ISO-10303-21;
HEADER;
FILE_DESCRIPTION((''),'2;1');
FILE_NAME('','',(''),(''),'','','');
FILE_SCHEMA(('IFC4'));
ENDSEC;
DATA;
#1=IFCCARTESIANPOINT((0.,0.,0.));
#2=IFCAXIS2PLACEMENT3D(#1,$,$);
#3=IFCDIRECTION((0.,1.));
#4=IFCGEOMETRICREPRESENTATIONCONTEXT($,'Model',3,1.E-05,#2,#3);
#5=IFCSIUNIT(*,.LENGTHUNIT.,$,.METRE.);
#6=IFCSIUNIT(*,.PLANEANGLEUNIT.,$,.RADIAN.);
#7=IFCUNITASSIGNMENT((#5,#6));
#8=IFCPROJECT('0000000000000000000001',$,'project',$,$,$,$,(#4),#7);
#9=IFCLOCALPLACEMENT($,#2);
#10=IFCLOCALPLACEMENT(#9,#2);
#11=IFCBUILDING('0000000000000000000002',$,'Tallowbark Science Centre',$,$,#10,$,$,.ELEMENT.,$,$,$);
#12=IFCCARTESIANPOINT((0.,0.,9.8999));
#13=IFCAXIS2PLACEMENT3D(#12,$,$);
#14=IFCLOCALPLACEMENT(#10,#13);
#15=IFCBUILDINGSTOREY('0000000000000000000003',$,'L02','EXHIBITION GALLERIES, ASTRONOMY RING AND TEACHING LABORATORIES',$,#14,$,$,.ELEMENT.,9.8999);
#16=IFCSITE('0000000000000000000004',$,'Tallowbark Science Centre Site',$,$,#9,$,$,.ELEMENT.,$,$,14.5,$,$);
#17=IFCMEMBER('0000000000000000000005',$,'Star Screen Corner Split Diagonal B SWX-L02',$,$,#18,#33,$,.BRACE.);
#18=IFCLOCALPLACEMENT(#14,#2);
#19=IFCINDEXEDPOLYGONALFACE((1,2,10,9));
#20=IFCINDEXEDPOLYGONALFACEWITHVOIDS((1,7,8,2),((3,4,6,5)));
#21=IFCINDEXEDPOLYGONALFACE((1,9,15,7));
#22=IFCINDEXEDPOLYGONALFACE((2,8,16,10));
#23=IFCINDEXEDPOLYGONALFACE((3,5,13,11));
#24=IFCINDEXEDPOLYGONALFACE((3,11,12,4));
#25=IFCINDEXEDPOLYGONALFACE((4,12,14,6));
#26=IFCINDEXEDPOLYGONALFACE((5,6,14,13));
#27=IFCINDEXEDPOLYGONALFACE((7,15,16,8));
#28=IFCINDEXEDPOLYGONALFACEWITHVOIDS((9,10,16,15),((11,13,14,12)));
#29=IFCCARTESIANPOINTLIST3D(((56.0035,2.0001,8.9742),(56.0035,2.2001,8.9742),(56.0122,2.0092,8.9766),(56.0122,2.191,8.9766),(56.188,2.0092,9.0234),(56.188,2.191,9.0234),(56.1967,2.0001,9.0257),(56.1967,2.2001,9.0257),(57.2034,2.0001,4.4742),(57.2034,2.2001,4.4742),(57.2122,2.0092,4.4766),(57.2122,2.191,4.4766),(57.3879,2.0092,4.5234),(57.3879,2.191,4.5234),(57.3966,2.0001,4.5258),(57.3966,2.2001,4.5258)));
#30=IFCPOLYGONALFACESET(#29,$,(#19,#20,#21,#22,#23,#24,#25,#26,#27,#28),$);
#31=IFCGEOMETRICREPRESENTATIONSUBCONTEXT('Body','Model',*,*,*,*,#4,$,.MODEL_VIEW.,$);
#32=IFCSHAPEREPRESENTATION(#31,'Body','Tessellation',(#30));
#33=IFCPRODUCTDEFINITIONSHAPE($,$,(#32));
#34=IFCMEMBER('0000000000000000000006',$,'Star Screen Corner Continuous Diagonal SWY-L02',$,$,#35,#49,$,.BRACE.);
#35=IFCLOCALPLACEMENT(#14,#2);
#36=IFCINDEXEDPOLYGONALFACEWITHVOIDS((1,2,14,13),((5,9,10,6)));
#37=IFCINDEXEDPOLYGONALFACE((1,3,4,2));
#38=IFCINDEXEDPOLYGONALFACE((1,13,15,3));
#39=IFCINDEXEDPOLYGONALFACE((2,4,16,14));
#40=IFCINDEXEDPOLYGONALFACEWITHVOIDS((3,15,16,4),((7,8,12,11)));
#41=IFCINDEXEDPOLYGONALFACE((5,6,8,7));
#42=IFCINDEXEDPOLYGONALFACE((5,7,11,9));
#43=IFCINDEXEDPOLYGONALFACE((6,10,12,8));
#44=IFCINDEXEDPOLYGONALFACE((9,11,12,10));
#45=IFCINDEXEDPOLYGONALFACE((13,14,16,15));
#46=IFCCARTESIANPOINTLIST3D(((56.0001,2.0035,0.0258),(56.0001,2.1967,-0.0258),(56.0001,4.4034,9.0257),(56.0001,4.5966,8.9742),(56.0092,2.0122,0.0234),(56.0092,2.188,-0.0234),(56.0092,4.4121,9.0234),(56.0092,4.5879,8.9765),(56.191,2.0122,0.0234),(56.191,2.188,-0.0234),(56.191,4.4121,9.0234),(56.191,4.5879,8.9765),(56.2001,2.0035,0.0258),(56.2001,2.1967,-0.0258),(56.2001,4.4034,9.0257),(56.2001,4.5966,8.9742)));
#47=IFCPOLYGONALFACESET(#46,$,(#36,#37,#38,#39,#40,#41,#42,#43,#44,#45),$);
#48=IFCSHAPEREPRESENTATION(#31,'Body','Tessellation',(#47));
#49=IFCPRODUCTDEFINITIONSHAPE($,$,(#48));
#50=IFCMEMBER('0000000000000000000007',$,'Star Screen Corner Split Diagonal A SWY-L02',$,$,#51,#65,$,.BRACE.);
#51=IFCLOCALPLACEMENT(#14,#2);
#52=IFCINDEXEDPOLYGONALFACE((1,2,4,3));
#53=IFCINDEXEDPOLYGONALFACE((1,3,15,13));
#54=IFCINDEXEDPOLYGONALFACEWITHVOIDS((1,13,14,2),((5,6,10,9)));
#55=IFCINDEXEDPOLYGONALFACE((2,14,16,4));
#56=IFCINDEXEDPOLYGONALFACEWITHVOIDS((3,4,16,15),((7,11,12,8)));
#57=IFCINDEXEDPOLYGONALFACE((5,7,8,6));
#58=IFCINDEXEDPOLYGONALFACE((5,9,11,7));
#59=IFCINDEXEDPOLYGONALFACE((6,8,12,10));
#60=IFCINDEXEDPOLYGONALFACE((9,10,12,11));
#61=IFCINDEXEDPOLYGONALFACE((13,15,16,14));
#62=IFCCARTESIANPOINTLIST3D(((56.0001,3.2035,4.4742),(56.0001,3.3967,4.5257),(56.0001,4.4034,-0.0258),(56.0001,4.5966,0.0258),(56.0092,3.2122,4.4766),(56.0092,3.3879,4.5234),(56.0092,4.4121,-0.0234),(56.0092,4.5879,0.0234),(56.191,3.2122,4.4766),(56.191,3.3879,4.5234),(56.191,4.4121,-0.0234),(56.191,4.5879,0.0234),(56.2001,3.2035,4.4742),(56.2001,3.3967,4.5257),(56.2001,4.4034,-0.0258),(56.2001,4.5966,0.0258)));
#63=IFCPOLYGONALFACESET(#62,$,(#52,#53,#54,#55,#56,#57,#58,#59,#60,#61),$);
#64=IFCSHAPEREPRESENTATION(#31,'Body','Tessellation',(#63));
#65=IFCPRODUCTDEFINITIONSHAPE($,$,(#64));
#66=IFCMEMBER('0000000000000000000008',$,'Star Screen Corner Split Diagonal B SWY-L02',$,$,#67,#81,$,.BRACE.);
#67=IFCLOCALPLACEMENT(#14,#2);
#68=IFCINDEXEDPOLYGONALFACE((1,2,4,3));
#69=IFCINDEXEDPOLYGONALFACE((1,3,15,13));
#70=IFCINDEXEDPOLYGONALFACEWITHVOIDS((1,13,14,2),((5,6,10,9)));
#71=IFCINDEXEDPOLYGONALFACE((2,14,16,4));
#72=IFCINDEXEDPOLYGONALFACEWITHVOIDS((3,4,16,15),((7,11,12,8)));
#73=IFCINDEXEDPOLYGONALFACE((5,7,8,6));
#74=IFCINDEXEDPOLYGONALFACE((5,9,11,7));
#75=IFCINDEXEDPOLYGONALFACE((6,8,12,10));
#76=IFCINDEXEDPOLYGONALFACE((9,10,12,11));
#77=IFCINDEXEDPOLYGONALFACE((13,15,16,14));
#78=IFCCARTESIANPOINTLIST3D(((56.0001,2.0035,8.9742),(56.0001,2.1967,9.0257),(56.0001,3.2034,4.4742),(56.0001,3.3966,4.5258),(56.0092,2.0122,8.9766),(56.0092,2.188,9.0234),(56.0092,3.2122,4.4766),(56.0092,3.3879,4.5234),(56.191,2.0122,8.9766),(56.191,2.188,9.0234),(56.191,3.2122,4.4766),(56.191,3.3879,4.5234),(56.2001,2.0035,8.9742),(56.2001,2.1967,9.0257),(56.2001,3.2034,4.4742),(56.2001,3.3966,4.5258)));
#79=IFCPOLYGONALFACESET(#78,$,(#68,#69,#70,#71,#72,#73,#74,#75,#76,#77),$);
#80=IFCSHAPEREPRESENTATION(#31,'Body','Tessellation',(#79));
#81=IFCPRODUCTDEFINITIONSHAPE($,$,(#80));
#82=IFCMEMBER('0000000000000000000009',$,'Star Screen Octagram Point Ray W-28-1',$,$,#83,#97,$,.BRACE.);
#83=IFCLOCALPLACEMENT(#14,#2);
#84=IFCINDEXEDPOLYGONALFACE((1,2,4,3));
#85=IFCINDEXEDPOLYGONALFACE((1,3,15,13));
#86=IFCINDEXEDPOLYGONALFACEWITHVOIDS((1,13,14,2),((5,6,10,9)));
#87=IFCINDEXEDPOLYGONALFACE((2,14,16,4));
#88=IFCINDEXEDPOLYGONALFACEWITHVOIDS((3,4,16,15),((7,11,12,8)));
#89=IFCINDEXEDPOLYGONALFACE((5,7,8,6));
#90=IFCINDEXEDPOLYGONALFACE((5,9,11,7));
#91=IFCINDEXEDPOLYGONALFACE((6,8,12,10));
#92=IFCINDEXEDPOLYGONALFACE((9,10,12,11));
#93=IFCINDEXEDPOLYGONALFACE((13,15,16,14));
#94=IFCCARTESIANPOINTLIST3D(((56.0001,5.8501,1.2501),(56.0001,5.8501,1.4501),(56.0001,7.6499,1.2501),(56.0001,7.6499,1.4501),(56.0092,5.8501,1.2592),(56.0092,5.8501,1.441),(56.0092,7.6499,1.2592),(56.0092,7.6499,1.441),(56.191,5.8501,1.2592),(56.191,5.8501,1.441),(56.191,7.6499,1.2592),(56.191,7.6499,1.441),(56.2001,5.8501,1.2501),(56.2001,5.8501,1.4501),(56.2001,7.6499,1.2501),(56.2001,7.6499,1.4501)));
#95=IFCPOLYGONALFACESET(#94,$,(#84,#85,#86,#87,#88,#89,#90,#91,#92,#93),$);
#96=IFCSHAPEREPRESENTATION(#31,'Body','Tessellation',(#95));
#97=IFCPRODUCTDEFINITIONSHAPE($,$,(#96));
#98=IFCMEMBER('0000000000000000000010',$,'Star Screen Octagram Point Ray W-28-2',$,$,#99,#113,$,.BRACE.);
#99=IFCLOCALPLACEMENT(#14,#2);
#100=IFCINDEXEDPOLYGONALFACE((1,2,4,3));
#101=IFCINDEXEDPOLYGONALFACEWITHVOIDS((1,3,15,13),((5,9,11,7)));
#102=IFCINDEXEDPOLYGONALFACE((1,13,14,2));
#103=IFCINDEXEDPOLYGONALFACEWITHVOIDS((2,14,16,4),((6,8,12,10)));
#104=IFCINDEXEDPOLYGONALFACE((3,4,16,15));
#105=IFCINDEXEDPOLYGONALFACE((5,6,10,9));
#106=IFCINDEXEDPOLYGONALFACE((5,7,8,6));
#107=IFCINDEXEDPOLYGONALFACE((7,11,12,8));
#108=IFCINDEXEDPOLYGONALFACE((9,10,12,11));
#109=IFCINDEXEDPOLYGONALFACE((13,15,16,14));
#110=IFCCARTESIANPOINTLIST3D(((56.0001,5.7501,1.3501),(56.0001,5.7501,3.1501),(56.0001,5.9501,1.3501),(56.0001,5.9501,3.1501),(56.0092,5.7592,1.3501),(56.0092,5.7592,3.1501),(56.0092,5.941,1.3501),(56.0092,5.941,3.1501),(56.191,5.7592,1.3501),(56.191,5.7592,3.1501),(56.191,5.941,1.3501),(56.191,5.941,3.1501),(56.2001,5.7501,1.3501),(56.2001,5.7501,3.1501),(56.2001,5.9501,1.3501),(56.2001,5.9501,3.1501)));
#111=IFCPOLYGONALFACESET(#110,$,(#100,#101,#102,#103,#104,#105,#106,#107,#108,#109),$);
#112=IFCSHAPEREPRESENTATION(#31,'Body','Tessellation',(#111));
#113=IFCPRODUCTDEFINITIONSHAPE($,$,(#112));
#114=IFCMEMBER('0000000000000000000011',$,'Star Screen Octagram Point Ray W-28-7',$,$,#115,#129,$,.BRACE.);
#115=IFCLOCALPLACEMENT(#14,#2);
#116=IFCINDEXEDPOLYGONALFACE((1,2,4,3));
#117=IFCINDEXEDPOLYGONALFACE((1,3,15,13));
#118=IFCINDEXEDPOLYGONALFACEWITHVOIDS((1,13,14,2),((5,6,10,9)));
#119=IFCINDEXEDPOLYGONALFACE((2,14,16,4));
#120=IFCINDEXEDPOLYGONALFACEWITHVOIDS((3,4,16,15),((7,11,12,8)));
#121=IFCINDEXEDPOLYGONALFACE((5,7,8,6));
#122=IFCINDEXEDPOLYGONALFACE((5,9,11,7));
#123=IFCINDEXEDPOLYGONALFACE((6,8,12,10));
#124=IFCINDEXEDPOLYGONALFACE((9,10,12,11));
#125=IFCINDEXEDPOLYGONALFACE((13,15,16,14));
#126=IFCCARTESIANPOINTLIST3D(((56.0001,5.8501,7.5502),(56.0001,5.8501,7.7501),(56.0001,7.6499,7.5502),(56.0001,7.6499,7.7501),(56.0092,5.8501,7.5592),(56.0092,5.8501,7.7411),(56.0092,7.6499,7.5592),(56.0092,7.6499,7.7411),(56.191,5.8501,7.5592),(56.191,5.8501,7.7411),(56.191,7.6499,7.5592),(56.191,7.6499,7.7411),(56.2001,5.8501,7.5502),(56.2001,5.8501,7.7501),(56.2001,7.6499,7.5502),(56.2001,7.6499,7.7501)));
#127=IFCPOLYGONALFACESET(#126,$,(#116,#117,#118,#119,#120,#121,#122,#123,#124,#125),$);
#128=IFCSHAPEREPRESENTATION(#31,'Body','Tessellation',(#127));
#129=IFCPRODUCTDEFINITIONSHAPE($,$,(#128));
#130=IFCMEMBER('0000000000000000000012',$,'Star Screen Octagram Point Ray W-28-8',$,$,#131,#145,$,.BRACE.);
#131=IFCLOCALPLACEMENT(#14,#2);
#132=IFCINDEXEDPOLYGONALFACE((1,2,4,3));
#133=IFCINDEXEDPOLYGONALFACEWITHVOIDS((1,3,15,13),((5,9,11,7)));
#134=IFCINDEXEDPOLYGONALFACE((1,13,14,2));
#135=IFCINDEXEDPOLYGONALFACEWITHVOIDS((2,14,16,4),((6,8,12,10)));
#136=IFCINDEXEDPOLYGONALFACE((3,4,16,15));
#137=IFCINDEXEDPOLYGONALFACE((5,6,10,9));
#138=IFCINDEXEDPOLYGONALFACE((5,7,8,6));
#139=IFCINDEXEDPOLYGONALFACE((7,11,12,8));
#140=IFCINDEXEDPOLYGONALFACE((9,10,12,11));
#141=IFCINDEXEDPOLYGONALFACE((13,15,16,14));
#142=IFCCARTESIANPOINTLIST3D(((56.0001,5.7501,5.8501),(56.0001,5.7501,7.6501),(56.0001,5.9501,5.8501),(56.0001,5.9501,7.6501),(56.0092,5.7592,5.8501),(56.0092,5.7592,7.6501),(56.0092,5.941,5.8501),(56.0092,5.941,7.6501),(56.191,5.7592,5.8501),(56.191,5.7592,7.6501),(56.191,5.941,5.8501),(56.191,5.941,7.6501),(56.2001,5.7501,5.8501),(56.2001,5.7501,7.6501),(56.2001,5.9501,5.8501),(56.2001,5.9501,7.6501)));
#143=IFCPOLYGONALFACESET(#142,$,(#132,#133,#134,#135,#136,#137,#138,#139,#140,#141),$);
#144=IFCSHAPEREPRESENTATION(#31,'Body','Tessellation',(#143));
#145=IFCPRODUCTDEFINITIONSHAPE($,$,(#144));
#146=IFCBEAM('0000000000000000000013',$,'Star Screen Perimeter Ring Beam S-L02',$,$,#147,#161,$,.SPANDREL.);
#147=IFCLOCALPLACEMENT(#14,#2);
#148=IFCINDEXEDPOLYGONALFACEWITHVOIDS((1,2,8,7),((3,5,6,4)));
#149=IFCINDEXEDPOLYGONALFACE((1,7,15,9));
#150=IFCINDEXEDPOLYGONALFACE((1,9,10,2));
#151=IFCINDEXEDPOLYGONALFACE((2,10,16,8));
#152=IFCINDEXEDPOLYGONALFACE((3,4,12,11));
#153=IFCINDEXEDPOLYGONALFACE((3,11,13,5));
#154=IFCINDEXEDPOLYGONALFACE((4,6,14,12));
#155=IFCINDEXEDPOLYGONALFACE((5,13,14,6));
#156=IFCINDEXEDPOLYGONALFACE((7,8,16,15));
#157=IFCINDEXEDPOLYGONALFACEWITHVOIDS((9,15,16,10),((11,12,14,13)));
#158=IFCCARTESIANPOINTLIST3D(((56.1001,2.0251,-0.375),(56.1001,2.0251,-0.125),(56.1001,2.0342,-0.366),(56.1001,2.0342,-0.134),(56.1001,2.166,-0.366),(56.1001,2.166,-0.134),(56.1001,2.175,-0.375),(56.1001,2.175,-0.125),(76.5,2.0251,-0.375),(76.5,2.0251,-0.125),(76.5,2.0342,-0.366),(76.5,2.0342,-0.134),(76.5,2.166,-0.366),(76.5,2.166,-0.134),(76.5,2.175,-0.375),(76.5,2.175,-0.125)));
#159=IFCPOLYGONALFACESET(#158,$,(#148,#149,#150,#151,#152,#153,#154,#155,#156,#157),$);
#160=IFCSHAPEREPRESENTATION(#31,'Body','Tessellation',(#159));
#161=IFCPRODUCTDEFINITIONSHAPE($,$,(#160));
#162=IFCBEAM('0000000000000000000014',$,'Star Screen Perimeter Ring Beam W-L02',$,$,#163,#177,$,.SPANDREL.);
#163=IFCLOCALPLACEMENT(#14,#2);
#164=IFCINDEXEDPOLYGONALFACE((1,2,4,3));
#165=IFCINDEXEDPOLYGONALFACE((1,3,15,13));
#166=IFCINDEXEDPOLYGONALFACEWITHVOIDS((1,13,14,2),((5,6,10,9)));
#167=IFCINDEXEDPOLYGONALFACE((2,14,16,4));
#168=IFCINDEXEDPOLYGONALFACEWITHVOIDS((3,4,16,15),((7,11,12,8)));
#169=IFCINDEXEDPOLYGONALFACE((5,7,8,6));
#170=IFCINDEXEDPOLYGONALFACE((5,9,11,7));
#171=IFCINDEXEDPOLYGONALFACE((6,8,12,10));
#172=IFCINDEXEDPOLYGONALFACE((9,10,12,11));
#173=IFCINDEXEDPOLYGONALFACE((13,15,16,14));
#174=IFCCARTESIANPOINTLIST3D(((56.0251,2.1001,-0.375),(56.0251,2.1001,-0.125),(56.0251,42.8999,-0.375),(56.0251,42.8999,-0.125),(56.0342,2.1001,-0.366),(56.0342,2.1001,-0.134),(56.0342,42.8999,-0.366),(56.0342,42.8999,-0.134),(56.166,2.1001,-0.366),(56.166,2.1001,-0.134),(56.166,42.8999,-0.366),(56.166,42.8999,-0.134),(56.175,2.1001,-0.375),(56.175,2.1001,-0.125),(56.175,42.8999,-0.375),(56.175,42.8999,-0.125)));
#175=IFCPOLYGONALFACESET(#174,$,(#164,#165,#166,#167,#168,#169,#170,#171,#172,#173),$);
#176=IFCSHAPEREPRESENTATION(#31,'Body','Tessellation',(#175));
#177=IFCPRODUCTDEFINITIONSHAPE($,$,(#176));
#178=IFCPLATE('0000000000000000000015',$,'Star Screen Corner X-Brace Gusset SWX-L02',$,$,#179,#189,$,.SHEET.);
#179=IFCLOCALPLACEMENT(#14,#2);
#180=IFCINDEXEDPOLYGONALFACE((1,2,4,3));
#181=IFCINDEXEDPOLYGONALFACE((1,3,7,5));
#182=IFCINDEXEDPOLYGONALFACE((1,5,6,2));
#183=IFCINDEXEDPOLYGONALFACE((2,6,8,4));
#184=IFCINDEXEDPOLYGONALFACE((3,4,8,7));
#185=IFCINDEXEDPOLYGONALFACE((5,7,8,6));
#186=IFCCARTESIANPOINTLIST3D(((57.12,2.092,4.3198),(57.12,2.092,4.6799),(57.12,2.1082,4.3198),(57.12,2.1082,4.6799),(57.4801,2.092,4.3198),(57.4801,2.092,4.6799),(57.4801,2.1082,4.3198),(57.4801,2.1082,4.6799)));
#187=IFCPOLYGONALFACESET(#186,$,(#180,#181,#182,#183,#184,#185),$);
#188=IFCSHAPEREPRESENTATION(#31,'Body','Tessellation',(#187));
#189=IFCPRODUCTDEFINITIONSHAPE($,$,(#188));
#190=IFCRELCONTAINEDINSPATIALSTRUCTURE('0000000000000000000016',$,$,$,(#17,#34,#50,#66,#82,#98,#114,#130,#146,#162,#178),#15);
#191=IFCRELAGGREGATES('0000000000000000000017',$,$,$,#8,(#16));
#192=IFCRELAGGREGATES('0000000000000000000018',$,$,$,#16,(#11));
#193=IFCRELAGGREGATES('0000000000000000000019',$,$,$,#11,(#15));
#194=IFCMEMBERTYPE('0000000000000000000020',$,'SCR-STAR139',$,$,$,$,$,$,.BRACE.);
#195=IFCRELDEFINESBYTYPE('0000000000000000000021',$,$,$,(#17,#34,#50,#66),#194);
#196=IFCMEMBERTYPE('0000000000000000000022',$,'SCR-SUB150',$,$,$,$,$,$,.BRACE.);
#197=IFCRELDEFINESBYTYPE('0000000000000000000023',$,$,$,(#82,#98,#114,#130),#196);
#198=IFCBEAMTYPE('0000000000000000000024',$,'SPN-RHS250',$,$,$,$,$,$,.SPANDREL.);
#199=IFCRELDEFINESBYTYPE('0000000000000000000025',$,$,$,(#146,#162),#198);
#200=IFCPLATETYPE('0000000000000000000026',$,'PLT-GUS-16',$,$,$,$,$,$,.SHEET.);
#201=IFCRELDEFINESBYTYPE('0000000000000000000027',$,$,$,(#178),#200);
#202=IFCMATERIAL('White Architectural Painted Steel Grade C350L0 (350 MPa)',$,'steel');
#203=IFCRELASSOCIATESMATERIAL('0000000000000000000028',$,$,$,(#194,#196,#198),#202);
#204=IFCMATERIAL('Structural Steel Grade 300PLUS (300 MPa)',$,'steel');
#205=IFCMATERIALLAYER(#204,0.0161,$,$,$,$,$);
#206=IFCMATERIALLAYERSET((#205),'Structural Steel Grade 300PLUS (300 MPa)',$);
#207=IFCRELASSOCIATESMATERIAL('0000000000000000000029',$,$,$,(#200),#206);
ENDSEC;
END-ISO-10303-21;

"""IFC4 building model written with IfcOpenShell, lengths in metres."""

from ifc_helpers import new_model, si_unit, direction, frame, origin, origin_2d, place, context, subcontext, project, spatial, rectangle, hollow_rectangle, extrude, material, layer, layer_set, material_profile, profile_set, type_object, element, save


model = new_model("IFC4")

# Units and contexts
model_context = context("Model", 3, precision=1e-05, world=origin(), true_north=direction((0.0, 1.0)))
body_context = subcontext(model_context, "Body", "Model", "MODEL_VIEW")
ifc_project = project(units=[si_unit("LENGTHUNIT", "METRE"), si_unit("PLANEANGLEUNIT", "RADIAN")], contexts=[model_context])

# Site, building, storey
site_placement = place(None, origin())
site = spatial("IfcSite", under=ifc_project, at=site_placement, Name="Tallowbark Science Centre Site", CompositionType="ELEMENT", RefElevation=14.5)
building_placement = place(site_placement, origin())
building = spatial("IfcBuilding", under=site, at=building_placement, Name="Tallowbark Science Centre", CompositionType="ELEMENT")
storey_placement = place(building_placement, frame((0.0, 0.0, 9.8999)))
storey = spatial("IfcBuildingStorey", under=building, at=storey_placement, Name="L02", Description="EXHIBITION GALLERIES, ASTRONOMY RING AND TEACHING LABORATORIES", CompositionType="ELEMENT", Elevation=9.8999)

# Shared definitions
ifc_material_1 = material(Name="White Architectural Painted Steel Grade C350L0 (350 MPa)", Category="steel")

# Members
ifc_material_profile_1 = material_profile(ifc_material_1, hollow_rectangle(XDim=0.2, YDim=0.2, WallThickness=0.009, at=origin_2d()), Name="200x200x9.0SHS")
ifc_profile_set_1 = profile_set([ifc_material_profile_1], Name="White Architectural Painted Steel Grade C350L0 (350 MPa)")
member_type_1 = type_object("IfcMemberType", Name="SCR-STAR139", PredefinedType="BRACE", material=ifc_profile_set_1)
member_1_placement = place(storey_placement, frame((57.3, 2.1001, 4.5), z_axis=(-0.257653, 0.0, 0.966238), x_axis=(0.0, -1.0, 0.0)))
element("IfcMember", 1, at=member_1_placement, inside=storey, type_object=member_type_1, Name="Star Screen Corner Split Diagonal B SWX-L02", PredefinedType="BRACE", context=body_context, shape_type="SweptSolid", body=[
    extrude(hollow_rectangle(XDim=0.2, YDim=0.2, WallThickness=0.009, at=origin_2d()), origin(), (0.0, 0.0, 1.0), 4.6572),
])
member_2_placement = place(storey_placement, frame((56.1001, 2.1001, 0.0), z_axis=(0.0, 0.257653, 0.966238), x_axis=(-1.0, 0.0, 0.0)))
element("IfcMember", 2, at=member_2_placement, inside=storey, type_object=member_type_1, Name="Star Screen Corner Continuous Diagonal SWY-L02", PredefinedType="BRACE", context=body_context, shape_type="SweptSolid", body=[
    extrude(hollow_rectangle(XDim=0.2, YDim=0.2, WallThickness=0.009, at=origin_2d()), origin(), (0.0, 0.0, 1.0), 9.3145),
])
for number, where, z_axis, x_axis, name in (
    (3, (56.1001, 4.5, 0.0), (0.0, -0.257653, 0.966238), (1.0, 0.0, 0.0), "Star Screen Corner Split Diagonal A SWY-L02"),
    (4, (56.1001, 3.3, 4.5), (0.0, -0.257653, 0.966238), (1.0, 0.0, 0.0), "Star Screen Corner Split Diagonal B SWY-L02"),
):
    element("IfcMember", number, at=place(storey_placement, frame(where, z_axis=z_axis, x_axis=x_axis)), inside=storey, type_object=member_type_1, Name=name, PredefinedType="BRACE", context=body_context, shape_type="SweptSolid", body=[
        extrude(hollow_rectangle(XDim=0.2, YDim=0.2, WallThickness=0.009, at=origin_2d()), origin(), (0.0, 0.0, 1.0), 4.6572),
    ])
ifc_material_profile_2 = material_profile(ifc_material_1, hollow_rectangle(XDim=0.2, YDim=0.2, WallThickness=0.009, at=origin_2d()), Name="200x200x9.0SHS")
ifc_profile_set_2 = profile_set([ifc_material_profile_2], Name="White Architectural Painted Steel Grade C350L0 (350 MPa)")
member_type_2 = type_object("IfcMemberType", Name="SCR-SUB150", PredefinedType="BRACE", material=ifc_profile_set_2)
member_3_placement = place(storey_placement, frame((56.1001, 5.8501, 1.3501), z_axis=(0.0, 1.0, 0.0), x_axis=(-1.0, 0.0, 0.0)))
element("IfcMember", 5, at=member_3_placement, inside=storey, type_object=member_type_2, Name="Star Screen Octagram Point Ray W-28-1", PredefinedType="BRACE", context=body_context, shape_type="SweptSolid", body=[
    extrude(hollow_rectangle(XDim=0.2, YDim=0.2, WallThickness=0.009, at=origin_2d()), origin(), (0.0, 0.0, 1.0), 1.7998),
])
member_4_placement = place(storey_placement, frame((56.1001, 5.8501, 1.3501), z_axis=(0.0, 0.0, 1.0), x_axis=(1.0, 0.0, 0.0)))
element("IfcMember", 6, at=member_4_placement, inside=storey, type_object=member_type_2, Name="Star Screen Octagram Point Ray W-28-2", PredefinedType="BRACE", context=body_context, shape_type="SweptSolid", body=[
    extrude(hollow_rectangle(XDim=0.2, YDim=0.2, WallThickness=0.009, at=origin_2d()), origin(), (0.0, 0.0, 1.0), 1.8),
])
member_5_placement = place(storey_placement, frame((56.1001, 5.8501, 7.6501), z_axis=(0.0, 1.0, 0.0), x_axis=(-1.0, 0.0, 0.0)))
element("IfcMember", 7, at=member_5_placement, inside=storey, type_object=member_type_2, Name="Star Screen Octagram Point Ray W-28-7", PredefinedType="BRACE", context=body_context, shape_type="SweptSolid", body=[
    extrude(hollow_rectangle(XDim=0.2, YDim=0.2, WallThickness=0.009, at=origin_2d()), origin(), (0.0, 0.0, 1.0), 1.7998),
])
member_6_placement = place(storey_placement, frame((56.1001, 5.8501, 7.6501), z_axis=(0.0, 0.0, -1.0), x_axis=(1.0, 0.0, 0.0)))
element("IfcMember", 8, at=member_6_placement, inside=storey, type_object=member_type_2, Name="Star Screen Octagram Point Ray W-28-8", PredefinedType="BRACE", context=body_context, shape_type="SweptSolid", body=[
    extrude(hollow_rectangle(XDim=0.2, YDim=0.2, WallThickness=0.009, at=origin_2d()), origin(), (0.0, 0.0, 1.0), 1.8),
])

# Beams
ifc_material_profile_3 = material_profile(ifc_material_1, hollow_rectangle(XDim=0.1499, YDim=0.25, WallThickness=0.009, at=origin_2d()), Name="250x150x9.0RHS")
ifc_profile_set_3 = profile_set([ifc_material_profile_3], Name="White Architectural Painted Steel Grade C350L0 (350 MPa)")
beam_type = type_object("IfcBeamType", Name="SPN-RHS250", PredefinedType="SPANDREL", material=ifc_profile_set_3)
beam_1_placement = place(storey_placement, frame((56.1001, 2.1001, -0.25), z_axis=(1.0, 0.0, 0.0), x_axis=(0.0, 1.0, 0.0)))
element("IfcBeam", 9, at=beam_1_placement, inside=storey, type_object=beam_type, Name="Star Screen Perimeter Ring Beam S-L02", PredefinedType="SPANDREL", context=body_context, shape_type="SweptSolid", body=[
    extrude(hollow_rectangle(XDim=0.1499, YDim=0.25, WallThickness=0.009, at=origin_2d()), origin(), (0.0, 0.0, 1.0), 20.3999),
])
beam_2_placement = place(storey_placement, frame((56.1001, 2.1001, -0.25), z_axis=(0.0, 1.0, 0.0), x_axis=(-1.0, 0.0, 0.0)))
element("IfcBeam", 10, at=beam_2_placement, inside=storey, type_object=beam_type, Name="Star Screen Perimeter Ring Beam W-L02", PredefinedType="SPANDREL", context=body_context, shape_type="SweptSolid", body=[
    extrude(hollow_rectangle(XDim=0.1499, YDim=0.25, WallThickness=0.009, at=origin_2d()), origin(), (0.0, 0.0, 1.0), 40.7998),
])

# Plate
ifc_material_2 = material(Name="Structural Steel Grade 300PLUS (300 MPa)", Category="steel")
ifc_layer = layer(ifc_material_2, 0.0161)
ifc_layer_set = layer_set([ifc_layer], Name="Structural Steel Grade 300PLUS (300 MPa)")
plate_type = type_object("IfcPlateType", Name="PLT-GUS-16", PredefinedType="SHEET", material=ifc_layer_set)
for number, where, z_axis, x_axis, name in (
    (11, (57.3, 2.1001, 4.3198), (0.0, 0.0, 1.0), (1.0, 0.0, 0.0), "Star Screen Corner X-Brace Gusset SWX-L02"),
):
    element("IfcPlate", number, at=place(storey_placement, frame(where, z_axis=z_axis, x_axis=x_axis)), inside=storey, type_object=plate_type, Name=name, PredefinedType="SHEET", context=body_context, shape_type="SweptSolid", body=[
        extrude(rectangle(XDim=0.3601, YDim=0.0161, at=origin_2d()), origin(), (0.0, 0.0, 1.0), 0.3601),
    ])

save(model, "model.ifc")
